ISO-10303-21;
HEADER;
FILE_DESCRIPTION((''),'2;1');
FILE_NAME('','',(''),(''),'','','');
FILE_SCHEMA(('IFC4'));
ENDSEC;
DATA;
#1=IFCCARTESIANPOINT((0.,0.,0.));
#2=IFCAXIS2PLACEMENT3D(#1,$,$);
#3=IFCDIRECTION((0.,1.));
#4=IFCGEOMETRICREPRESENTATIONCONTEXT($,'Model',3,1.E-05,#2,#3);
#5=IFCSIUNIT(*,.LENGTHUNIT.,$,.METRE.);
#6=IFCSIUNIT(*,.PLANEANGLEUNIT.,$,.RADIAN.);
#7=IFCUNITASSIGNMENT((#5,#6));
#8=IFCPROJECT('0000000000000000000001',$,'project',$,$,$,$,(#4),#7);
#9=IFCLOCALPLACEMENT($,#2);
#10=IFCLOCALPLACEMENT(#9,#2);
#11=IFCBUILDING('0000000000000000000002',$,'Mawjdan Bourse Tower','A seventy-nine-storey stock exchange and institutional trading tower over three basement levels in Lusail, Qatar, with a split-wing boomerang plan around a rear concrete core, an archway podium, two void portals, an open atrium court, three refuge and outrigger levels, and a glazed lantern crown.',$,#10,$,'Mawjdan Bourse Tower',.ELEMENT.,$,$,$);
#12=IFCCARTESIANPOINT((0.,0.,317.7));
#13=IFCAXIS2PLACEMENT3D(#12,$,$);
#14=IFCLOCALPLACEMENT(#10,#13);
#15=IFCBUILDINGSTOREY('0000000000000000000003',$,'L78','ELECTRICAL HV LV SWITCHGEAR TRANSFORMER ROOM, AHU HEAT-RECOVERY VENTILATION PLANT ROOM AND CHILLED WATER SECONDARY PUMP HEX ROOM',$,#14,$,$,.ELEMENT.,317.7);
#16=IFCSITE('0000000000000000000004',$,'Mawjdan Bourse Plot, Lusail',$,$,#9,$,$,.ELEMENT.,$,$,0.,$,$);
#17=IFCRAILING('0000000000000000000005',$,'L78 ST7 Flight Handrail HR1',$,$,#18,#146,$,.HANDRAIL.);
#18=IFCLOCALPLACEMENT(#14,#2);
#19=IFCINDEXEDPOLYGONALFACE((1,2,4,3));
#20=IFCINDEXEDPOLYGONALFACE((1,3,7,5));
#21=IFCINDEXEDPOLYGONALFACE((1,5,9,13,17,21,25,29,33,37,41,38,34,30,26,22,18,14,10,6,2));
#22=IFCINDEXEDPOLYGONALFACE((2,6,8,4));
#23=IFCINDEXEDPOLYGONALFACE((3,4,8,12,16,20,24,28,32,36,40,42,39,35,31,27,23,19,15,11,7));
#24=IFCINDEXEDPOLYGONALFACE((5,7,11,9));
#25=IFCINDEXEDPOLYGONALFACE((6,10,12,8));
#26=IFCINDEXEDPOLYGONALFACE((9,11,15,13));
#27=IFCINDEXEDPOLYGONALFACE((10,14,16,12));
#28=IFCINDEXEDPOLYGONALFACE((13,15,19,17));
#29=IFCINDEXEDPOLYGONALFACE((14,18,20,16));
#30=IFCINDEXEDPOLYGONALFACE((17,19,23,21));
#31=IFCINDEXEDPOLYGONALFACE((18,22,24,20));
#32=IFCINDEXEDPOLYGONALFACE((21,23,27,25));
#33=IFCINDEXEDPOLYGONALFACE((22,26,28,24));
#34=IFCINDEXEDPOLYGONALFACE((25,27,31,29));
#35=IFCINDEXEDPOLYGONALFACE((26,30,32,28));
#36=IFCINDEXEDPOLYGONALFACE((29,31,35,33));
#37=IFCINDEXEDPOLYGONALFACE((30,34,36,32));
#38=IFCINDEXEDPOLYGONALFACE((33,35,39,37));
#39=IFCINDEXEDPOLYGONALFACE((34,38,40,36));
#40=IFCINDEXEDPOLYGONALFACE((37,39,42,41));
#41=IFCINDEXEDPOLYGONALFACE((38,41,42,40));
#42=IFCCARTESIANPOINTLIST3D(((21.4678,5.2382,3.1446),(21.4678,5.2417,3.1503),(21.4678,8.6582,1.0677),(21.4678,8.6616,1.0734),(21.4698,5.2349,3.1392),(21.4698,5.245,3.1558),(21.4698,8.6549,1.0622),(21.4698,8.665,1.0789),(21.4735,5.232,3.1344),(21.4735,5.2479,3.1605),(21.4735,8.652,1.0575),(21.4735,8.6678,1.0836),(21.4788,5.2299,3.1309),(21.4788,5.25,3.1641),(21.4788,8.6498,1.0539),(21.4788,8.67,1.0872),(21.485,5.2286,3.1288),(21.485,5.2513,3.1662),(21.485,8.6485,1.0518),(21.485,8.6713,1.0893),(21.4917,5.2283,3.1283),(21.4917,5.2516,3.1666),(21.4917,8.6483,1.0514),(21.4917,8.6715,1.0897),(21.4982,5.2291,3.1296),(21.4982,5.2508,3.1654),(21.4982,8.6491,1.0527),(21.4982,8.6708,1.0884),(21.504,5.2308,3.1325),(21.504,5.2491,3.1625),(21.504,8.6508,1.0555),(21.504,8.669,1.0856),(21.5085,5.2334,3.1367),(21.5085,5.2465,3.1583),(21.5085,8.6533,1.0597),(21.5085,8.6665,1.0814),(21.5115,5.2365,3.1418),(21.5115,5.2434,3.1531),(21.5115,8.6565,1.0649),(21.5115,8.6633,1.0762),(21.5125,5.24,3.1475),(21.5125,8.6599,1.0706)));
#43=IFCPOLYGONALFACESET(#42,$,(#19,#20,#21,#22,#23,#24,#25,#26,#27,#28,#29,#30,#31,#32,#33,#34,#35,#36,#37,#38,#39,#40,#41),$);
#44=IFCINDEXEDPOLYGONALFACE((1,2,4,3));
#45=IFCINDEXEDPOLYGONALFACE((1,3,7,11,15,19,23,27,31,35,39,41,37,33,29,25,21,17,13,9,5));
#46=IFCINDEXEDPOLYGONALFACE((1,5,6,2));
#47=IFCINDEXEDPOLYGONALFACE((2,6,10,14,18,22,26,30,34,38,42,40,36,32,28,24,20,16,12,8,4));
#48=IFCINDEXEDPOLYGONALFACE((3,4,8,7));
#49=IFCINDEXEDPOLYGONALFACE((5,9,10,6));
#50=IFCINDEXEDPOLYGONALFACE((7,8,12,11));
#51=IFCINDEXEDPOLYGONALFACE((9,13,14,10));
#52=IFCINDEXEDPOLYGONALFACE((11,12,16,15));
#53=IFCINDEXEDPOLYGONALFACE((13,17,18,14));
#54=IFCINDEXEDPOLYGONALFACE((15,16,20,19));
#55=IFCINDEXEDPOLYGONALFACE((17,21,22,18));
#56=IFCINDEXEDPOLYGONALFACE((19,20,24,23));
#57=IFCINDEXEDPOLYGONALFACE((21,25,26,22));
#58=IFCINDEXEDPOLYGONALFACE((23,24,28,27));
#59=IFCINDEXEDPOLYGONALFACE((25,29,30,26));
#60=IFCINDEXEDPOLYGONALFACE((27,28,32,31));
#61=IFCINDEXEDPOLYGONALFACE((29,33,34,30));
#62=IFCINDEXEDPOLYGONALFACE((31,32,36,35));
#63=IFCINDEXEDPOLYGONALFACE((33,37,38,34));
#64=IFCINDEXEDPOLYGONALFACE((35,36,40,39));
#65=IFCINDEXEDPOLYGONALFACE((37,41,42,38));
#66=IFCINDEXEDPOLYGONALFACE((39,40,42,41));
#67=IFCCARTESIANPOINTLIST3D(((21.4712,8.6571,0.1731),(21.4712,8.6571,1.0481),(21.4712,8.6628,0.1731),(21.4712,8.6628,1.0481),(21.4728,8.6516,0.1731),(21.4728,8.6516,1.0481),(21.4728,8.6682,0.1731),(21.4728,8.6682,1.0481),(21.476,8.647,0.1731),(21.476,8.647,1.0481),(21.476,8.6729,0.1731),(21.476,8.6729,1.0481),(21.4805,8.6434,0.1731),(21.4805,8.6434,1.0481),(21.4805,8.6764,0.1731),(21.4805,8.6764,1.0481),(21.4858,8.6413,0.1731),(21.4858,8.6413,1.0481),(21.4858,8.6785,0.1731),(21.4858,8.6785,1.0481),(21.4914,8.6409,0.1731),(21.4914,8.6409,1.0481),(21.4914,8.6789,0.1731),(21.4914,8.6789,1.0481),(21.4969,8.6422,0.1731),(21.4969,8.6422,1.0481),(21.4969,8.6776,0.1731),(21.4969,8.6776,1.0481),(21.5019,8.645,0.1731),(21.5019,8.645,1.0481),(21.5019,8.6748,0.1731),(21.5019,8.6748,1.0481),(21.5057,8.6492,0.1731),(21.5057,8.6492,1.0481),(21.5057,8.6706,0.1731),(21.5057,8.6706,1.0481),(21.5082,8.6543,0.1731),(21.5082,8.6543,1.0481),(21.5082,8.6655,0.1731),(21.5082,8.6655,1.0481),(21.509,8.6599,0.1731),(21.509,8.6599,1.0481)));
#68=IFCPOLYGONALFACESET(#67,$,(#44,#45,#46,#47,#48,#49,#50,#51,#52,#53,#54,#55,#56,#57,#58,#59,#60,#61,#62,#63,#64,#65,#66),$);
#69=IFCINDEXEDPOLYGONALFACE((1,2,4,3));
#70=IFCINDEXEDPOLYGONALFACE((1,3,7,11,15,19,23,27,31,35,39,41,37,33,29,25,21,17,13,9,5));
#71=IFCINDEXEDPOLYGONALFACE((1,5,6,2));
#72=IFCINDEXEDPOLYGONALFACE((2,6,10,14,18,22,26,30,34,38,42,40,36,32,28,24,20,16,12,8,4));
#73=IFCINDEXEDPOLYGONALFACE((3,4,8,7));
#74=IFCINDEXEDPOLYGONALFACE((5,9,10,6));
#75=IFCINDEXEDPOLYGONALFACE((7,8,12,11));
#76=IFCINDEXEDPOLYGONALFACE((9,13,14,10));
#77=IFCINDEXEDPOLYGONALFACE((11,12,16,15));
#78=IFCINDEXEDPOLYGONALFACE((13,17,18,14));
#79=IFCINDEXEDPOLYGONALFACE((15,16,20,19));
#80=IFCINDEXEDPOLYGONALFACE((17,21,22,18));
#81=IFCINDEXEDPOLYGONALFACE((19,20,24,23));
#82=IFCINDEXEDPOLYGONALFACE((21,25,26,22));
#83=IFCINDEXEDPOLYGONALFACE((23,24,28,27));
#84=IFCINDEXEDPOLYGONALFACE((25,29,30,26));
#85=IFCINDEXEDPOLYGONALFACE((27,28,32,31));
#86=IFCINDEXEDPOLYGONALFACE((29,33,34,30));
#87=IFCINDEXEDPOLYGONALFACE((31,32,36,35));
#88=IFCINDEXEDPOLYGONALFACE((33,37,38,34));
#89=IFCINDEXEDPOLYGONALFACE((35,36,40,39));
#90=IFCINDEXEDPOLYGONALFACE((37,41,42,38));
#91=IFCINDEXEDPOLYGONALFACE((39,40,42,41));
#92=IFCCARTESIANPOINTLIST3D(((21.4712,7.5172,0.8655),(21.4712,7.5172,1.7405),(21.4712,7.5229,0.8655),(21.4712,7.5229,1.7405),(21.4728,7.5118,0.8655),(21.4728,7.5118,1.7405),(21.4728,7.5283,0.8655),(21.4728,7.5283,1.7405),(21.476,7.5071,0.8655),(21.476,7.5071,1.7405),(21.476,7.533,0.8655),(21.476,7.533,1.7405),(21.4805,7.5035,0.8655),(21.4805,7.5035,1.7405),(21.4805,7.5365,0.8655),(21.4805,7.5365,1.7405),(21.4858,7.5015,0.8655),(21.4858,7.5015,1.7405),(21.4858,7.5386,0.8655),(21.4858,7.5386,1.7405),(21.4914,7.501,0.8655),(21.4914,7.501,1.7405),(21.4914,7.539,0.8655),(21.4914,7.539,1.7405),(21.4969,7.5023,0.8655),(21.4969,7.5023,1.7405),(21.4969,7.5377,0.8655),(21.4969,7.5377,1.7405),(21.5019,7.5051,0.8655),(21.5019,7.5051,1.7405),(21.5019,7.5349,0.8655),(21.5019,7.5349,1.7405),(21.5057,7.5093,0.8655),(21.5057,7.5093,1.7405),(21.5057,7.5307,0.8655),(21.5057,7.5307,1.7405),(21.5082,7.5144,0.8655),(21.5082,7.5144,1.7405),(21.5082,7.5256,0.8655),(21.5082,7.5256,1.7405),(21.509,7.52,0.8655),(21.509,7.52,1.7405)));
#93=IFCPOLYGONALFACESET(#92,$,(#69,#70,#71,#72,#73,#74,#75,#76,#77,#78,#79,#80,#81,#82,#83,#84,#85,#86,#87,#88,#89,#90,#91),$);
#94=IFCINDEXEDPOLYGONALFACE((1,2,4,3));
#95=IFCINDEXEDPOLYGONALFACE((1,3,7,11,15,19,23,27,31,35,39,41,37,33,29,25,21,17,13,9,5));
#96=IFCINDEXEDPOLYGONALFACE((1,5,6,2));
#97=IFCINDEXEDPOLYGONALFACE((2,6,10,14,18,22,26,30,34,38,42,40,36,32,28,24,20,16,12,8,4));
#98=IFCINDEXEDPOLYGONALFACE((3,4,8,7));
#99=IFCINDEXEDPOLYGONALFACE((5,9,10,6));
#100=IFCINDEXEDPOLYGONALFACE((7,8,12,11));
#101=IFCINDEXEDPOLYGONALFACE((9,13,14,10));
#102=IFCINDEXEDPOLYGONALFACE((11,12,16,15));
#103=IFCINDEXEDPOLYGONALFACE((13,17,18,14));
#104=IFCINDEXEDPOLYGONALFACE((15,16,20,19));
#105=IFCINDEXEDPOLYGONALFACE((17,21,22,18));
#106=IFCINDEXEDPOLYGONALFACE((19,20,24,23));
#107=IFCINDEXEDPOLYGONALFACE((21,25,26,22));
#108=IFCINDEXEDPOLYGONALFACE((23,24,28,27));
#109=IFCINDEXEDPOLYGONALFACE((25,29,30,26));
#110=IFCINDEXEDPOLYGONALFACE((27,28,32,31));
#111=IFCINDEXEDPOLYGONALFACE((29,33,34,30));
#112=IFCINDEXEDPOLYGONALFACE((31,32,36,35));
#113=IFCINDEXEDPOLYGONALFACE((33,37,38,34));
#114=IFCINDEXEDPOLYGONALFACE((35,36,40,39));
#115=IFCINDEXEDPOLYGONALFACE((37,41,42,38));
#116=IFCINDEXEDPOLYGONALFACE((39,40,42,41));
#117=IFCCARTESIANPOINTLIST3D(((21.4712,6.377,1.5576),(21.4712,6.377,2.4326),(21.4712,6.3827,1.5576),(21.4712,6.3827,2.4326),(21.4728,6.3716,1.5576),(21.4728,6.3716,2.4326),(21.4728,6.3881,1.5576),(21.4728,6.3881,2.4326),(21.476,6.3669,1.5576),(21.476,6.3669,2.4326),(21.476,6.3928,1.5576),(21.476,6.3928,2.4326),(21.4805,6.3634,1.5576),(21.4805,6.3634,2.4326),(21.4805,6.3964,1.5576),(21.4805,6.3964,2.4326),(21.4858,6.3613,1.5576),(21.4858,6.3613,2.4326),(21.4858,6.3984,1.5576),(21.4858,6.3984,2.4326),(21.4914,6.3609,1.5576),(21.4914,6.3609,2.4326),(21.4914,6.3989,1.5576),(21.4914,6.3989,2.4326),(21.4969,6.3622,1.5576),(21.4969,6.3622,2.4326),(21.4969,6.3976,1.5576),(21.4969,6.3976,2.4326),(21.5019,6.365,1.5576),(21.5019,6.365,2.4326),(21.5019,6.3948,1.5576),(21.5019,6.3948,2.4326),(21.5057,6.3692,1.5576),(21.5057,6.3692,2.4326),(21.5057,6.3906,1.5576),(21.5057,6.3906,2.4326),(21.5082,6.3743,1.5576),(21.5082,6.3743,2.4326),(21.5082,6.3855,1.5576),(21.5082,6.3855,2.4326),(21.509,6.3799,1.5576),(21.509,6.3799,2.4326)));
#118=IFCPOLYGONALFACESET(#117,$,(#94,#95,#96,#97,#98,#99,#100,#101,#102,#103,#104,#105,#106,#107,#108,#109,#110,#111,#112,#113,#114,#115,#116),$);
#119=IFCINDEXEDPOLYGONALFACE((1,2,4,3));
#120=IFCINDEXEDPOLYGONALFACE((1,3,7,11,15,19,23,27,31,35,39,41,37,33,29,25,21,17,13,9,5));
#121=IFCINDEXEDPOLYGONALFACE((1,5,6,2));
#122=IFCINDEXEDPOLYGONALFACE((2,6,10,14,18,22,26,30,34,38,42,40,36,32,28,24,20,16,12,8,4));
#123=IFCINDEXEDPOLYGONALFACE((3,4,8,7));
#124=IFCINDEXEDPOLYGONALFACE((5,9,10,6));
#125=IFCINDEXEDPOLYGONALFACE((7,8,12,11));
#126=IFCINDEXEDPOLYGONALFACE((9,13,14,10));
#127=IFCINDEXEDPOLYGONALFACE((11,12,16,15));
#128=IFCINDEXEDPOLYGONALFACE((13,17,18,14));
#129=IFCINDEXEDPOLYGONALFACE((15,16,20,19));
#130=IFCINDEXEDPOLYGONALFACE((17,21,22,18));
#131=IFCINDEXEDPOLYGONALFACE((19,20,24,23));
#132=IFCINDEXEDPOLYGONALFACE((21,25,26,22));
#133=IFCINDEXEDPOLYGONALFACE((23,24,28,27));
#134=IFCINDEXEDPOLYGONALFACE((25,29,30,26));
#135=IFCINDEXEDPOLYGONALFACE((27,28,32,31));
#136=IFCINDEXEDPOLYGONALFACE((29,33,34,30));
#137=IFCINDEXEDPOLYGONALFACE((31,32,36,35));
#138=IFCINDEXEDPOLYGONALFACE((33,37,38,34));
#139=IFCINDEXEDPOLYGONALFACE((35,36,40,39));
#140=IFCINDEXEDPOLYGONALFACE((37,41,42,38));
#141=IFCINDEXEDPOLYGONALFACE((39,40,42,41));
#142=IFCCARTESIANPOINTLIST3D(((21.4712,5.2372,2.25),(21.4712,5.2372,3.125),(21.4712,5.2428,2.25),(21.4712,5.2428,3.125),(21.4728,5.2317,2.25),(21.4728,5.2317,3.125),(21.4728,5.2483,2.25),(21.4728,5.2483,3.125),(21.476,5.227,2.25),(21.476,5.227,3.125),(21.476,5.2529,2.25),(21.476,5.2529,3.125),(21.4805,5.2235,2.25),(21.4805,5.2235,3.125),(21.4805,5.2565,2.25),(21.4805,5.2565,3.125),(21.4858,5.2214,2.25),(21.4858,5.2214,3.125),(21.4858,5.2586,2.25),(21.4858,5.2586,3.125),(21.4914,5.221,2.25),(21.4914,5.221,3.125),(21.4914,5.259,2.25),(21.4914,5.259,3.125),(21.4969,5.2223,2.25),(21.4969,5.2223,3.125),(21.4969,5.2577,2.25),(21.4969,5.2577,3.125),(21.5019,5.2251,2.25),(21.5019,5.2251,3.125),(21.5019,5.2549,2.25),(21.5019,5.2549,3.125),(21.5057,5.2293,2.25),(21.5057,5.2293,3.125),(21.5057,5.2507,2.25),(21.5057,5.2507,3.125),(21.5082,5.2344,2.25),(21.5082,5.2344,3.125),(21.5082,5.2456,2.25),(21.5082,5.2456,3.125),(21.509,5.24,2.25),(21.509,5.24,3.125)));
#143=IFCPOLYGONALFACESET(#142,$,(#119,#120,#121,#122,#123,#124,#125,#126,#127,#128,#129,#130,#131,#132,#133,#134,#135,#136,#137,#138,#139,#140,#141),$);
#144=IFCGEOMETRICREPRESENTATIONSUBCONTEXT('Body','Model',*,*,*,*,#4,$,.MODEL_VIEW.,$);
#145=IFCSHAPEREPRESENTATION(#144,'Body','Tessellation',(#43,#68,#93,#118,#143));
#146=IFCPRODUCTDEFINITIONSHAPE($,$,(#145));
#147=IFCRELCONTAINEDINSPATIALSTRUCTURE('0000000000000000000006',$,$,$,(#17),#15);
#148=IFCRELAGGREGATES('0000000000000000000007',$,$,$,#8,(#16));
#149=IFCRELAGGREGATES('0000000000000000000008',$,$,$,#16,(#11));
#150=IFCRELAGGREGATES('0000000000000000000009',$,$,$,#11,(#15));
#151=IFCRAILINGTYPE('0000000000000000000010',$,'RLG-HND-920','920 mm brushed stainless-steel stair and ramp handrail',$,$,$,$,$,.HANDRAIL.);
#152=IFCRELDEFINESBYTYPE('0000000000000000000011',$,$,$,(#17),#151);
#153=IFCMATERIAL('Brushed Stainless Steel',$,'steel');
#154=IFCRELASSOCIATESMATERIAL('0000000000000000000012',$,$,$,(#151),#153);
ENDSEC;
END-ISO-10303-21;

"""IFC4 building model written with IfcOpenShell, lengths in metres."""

from ifc_helpers import new_model, si_unit, direction, frame, origin, origin_2d, place, context, subcontext, project, spatial, circle, extrude, material, type_object, element, save


model = new_model("IFC4")

# Units and contexts
model_context = context("Model", 3, precision=1e-05, world=origin(), true_north=direction((0.0, 1.0)))
body_context = subcontext(model_context, "Body", "Model", "MODEL_VIEW")
ifc_project = project(units=[si_unit("LENGTHUNIT", "METRE"), si_unit("PLANEANGLEUNIT", "RADIAN")], contexts=[model_context])

# Site, building, storey
site_placement = place(None, origin())
site = spatial("IfcSite", under=ifc_project, at=site_placement, Name="Mawjdan Bourse Plot, Lusail", CompositionType="ELEMENT", RefElevation=0.0)
building_placement = place(site_placement, origin())
building = spatial("IfcBuilding", under=site, at=building_placement, Name="Mawjdan Bourse Tower", Description="A seventy-nine-storey stock exchange and institutional trading tower over three basement levels in Lusail, Qatar, with a split-wing boomerang plan around a rear concrete core, an archway podium, two void portals, an open atrium court, three refuge and outrigger levels, and a glazed lantern crown.", LongName="Mawjdan Bourse Tower", CompositionType="ELEMENT")
storey_placement = place(building_placement, frame((0.0, 0.0, 317.7)))
storey = spatial("IfcBuildingStorey", under=building, at=storey_placement, Name="L78", Description="ELECTRICAL HV LV SWITCHGEAR TRANSFORMER ROOM, AHU HEAT-RECOVERY VENTILATION PLANT ROOM AND CHILLED WATER SECONDARY PUMP HEX ROOM", CompositionType="ELEMENT", Elevation=317.7)

# Railing
ifc_material_1 = material(Name="Brushed Stainless Steel", Category="steel")
railing_type_1 = type_object("IfcRailingType", Name="RLG-HND-920", Description="920 mm brushed stainless-steel stair and ramp handrail", PredefinedType="HANDRAIL", material=ifc_material_1)
railing_1_placement = place(storey_placement, frame((21.49, 8.6599, 0.1731)))
element("IfcRailing", 1, at=railing_1_placement, inside=storey, type_object=railing_type_1, Name="L78 ST7 Flight Handrail HR1", PredefinedType="HANDRAIL", context=body_context, shape_type="SweptSolid", body=[
    extrude(circle(Radius=0.0225, at=origin_2d()), frame((0.0, 0.0, 0.8975), z_axis=(0.0, -0.85473, 0.519074), x_axis=(1.0, 0.0, 0.0)), (0.0, 0.0, 1.0), 4.0012),
    extrude(circle(Radius=0.019, at=origin_2d()), origin(), (0.0, 0.0, 1.0), 0.875),
    extrude(circle(Radius=0.019, at=origin_2d()), frame((0.0, -1.1399, 0.6924)), (0.0, 0.0, 1.0), 0.875),
    extrude(circle(Radius=0.019, at=origin_2d()), frame((0.0, -2.28, 1.3845)), (0.0, 0.0, 1.0), 0.875),
    extrude(circle(Radius=0.019, at=origin_2d()), frame((0.0, -3.4199, 2.0769)), (0.0, 0.0, 1.0), 0.875),
])

save(model, "model.ifc")
